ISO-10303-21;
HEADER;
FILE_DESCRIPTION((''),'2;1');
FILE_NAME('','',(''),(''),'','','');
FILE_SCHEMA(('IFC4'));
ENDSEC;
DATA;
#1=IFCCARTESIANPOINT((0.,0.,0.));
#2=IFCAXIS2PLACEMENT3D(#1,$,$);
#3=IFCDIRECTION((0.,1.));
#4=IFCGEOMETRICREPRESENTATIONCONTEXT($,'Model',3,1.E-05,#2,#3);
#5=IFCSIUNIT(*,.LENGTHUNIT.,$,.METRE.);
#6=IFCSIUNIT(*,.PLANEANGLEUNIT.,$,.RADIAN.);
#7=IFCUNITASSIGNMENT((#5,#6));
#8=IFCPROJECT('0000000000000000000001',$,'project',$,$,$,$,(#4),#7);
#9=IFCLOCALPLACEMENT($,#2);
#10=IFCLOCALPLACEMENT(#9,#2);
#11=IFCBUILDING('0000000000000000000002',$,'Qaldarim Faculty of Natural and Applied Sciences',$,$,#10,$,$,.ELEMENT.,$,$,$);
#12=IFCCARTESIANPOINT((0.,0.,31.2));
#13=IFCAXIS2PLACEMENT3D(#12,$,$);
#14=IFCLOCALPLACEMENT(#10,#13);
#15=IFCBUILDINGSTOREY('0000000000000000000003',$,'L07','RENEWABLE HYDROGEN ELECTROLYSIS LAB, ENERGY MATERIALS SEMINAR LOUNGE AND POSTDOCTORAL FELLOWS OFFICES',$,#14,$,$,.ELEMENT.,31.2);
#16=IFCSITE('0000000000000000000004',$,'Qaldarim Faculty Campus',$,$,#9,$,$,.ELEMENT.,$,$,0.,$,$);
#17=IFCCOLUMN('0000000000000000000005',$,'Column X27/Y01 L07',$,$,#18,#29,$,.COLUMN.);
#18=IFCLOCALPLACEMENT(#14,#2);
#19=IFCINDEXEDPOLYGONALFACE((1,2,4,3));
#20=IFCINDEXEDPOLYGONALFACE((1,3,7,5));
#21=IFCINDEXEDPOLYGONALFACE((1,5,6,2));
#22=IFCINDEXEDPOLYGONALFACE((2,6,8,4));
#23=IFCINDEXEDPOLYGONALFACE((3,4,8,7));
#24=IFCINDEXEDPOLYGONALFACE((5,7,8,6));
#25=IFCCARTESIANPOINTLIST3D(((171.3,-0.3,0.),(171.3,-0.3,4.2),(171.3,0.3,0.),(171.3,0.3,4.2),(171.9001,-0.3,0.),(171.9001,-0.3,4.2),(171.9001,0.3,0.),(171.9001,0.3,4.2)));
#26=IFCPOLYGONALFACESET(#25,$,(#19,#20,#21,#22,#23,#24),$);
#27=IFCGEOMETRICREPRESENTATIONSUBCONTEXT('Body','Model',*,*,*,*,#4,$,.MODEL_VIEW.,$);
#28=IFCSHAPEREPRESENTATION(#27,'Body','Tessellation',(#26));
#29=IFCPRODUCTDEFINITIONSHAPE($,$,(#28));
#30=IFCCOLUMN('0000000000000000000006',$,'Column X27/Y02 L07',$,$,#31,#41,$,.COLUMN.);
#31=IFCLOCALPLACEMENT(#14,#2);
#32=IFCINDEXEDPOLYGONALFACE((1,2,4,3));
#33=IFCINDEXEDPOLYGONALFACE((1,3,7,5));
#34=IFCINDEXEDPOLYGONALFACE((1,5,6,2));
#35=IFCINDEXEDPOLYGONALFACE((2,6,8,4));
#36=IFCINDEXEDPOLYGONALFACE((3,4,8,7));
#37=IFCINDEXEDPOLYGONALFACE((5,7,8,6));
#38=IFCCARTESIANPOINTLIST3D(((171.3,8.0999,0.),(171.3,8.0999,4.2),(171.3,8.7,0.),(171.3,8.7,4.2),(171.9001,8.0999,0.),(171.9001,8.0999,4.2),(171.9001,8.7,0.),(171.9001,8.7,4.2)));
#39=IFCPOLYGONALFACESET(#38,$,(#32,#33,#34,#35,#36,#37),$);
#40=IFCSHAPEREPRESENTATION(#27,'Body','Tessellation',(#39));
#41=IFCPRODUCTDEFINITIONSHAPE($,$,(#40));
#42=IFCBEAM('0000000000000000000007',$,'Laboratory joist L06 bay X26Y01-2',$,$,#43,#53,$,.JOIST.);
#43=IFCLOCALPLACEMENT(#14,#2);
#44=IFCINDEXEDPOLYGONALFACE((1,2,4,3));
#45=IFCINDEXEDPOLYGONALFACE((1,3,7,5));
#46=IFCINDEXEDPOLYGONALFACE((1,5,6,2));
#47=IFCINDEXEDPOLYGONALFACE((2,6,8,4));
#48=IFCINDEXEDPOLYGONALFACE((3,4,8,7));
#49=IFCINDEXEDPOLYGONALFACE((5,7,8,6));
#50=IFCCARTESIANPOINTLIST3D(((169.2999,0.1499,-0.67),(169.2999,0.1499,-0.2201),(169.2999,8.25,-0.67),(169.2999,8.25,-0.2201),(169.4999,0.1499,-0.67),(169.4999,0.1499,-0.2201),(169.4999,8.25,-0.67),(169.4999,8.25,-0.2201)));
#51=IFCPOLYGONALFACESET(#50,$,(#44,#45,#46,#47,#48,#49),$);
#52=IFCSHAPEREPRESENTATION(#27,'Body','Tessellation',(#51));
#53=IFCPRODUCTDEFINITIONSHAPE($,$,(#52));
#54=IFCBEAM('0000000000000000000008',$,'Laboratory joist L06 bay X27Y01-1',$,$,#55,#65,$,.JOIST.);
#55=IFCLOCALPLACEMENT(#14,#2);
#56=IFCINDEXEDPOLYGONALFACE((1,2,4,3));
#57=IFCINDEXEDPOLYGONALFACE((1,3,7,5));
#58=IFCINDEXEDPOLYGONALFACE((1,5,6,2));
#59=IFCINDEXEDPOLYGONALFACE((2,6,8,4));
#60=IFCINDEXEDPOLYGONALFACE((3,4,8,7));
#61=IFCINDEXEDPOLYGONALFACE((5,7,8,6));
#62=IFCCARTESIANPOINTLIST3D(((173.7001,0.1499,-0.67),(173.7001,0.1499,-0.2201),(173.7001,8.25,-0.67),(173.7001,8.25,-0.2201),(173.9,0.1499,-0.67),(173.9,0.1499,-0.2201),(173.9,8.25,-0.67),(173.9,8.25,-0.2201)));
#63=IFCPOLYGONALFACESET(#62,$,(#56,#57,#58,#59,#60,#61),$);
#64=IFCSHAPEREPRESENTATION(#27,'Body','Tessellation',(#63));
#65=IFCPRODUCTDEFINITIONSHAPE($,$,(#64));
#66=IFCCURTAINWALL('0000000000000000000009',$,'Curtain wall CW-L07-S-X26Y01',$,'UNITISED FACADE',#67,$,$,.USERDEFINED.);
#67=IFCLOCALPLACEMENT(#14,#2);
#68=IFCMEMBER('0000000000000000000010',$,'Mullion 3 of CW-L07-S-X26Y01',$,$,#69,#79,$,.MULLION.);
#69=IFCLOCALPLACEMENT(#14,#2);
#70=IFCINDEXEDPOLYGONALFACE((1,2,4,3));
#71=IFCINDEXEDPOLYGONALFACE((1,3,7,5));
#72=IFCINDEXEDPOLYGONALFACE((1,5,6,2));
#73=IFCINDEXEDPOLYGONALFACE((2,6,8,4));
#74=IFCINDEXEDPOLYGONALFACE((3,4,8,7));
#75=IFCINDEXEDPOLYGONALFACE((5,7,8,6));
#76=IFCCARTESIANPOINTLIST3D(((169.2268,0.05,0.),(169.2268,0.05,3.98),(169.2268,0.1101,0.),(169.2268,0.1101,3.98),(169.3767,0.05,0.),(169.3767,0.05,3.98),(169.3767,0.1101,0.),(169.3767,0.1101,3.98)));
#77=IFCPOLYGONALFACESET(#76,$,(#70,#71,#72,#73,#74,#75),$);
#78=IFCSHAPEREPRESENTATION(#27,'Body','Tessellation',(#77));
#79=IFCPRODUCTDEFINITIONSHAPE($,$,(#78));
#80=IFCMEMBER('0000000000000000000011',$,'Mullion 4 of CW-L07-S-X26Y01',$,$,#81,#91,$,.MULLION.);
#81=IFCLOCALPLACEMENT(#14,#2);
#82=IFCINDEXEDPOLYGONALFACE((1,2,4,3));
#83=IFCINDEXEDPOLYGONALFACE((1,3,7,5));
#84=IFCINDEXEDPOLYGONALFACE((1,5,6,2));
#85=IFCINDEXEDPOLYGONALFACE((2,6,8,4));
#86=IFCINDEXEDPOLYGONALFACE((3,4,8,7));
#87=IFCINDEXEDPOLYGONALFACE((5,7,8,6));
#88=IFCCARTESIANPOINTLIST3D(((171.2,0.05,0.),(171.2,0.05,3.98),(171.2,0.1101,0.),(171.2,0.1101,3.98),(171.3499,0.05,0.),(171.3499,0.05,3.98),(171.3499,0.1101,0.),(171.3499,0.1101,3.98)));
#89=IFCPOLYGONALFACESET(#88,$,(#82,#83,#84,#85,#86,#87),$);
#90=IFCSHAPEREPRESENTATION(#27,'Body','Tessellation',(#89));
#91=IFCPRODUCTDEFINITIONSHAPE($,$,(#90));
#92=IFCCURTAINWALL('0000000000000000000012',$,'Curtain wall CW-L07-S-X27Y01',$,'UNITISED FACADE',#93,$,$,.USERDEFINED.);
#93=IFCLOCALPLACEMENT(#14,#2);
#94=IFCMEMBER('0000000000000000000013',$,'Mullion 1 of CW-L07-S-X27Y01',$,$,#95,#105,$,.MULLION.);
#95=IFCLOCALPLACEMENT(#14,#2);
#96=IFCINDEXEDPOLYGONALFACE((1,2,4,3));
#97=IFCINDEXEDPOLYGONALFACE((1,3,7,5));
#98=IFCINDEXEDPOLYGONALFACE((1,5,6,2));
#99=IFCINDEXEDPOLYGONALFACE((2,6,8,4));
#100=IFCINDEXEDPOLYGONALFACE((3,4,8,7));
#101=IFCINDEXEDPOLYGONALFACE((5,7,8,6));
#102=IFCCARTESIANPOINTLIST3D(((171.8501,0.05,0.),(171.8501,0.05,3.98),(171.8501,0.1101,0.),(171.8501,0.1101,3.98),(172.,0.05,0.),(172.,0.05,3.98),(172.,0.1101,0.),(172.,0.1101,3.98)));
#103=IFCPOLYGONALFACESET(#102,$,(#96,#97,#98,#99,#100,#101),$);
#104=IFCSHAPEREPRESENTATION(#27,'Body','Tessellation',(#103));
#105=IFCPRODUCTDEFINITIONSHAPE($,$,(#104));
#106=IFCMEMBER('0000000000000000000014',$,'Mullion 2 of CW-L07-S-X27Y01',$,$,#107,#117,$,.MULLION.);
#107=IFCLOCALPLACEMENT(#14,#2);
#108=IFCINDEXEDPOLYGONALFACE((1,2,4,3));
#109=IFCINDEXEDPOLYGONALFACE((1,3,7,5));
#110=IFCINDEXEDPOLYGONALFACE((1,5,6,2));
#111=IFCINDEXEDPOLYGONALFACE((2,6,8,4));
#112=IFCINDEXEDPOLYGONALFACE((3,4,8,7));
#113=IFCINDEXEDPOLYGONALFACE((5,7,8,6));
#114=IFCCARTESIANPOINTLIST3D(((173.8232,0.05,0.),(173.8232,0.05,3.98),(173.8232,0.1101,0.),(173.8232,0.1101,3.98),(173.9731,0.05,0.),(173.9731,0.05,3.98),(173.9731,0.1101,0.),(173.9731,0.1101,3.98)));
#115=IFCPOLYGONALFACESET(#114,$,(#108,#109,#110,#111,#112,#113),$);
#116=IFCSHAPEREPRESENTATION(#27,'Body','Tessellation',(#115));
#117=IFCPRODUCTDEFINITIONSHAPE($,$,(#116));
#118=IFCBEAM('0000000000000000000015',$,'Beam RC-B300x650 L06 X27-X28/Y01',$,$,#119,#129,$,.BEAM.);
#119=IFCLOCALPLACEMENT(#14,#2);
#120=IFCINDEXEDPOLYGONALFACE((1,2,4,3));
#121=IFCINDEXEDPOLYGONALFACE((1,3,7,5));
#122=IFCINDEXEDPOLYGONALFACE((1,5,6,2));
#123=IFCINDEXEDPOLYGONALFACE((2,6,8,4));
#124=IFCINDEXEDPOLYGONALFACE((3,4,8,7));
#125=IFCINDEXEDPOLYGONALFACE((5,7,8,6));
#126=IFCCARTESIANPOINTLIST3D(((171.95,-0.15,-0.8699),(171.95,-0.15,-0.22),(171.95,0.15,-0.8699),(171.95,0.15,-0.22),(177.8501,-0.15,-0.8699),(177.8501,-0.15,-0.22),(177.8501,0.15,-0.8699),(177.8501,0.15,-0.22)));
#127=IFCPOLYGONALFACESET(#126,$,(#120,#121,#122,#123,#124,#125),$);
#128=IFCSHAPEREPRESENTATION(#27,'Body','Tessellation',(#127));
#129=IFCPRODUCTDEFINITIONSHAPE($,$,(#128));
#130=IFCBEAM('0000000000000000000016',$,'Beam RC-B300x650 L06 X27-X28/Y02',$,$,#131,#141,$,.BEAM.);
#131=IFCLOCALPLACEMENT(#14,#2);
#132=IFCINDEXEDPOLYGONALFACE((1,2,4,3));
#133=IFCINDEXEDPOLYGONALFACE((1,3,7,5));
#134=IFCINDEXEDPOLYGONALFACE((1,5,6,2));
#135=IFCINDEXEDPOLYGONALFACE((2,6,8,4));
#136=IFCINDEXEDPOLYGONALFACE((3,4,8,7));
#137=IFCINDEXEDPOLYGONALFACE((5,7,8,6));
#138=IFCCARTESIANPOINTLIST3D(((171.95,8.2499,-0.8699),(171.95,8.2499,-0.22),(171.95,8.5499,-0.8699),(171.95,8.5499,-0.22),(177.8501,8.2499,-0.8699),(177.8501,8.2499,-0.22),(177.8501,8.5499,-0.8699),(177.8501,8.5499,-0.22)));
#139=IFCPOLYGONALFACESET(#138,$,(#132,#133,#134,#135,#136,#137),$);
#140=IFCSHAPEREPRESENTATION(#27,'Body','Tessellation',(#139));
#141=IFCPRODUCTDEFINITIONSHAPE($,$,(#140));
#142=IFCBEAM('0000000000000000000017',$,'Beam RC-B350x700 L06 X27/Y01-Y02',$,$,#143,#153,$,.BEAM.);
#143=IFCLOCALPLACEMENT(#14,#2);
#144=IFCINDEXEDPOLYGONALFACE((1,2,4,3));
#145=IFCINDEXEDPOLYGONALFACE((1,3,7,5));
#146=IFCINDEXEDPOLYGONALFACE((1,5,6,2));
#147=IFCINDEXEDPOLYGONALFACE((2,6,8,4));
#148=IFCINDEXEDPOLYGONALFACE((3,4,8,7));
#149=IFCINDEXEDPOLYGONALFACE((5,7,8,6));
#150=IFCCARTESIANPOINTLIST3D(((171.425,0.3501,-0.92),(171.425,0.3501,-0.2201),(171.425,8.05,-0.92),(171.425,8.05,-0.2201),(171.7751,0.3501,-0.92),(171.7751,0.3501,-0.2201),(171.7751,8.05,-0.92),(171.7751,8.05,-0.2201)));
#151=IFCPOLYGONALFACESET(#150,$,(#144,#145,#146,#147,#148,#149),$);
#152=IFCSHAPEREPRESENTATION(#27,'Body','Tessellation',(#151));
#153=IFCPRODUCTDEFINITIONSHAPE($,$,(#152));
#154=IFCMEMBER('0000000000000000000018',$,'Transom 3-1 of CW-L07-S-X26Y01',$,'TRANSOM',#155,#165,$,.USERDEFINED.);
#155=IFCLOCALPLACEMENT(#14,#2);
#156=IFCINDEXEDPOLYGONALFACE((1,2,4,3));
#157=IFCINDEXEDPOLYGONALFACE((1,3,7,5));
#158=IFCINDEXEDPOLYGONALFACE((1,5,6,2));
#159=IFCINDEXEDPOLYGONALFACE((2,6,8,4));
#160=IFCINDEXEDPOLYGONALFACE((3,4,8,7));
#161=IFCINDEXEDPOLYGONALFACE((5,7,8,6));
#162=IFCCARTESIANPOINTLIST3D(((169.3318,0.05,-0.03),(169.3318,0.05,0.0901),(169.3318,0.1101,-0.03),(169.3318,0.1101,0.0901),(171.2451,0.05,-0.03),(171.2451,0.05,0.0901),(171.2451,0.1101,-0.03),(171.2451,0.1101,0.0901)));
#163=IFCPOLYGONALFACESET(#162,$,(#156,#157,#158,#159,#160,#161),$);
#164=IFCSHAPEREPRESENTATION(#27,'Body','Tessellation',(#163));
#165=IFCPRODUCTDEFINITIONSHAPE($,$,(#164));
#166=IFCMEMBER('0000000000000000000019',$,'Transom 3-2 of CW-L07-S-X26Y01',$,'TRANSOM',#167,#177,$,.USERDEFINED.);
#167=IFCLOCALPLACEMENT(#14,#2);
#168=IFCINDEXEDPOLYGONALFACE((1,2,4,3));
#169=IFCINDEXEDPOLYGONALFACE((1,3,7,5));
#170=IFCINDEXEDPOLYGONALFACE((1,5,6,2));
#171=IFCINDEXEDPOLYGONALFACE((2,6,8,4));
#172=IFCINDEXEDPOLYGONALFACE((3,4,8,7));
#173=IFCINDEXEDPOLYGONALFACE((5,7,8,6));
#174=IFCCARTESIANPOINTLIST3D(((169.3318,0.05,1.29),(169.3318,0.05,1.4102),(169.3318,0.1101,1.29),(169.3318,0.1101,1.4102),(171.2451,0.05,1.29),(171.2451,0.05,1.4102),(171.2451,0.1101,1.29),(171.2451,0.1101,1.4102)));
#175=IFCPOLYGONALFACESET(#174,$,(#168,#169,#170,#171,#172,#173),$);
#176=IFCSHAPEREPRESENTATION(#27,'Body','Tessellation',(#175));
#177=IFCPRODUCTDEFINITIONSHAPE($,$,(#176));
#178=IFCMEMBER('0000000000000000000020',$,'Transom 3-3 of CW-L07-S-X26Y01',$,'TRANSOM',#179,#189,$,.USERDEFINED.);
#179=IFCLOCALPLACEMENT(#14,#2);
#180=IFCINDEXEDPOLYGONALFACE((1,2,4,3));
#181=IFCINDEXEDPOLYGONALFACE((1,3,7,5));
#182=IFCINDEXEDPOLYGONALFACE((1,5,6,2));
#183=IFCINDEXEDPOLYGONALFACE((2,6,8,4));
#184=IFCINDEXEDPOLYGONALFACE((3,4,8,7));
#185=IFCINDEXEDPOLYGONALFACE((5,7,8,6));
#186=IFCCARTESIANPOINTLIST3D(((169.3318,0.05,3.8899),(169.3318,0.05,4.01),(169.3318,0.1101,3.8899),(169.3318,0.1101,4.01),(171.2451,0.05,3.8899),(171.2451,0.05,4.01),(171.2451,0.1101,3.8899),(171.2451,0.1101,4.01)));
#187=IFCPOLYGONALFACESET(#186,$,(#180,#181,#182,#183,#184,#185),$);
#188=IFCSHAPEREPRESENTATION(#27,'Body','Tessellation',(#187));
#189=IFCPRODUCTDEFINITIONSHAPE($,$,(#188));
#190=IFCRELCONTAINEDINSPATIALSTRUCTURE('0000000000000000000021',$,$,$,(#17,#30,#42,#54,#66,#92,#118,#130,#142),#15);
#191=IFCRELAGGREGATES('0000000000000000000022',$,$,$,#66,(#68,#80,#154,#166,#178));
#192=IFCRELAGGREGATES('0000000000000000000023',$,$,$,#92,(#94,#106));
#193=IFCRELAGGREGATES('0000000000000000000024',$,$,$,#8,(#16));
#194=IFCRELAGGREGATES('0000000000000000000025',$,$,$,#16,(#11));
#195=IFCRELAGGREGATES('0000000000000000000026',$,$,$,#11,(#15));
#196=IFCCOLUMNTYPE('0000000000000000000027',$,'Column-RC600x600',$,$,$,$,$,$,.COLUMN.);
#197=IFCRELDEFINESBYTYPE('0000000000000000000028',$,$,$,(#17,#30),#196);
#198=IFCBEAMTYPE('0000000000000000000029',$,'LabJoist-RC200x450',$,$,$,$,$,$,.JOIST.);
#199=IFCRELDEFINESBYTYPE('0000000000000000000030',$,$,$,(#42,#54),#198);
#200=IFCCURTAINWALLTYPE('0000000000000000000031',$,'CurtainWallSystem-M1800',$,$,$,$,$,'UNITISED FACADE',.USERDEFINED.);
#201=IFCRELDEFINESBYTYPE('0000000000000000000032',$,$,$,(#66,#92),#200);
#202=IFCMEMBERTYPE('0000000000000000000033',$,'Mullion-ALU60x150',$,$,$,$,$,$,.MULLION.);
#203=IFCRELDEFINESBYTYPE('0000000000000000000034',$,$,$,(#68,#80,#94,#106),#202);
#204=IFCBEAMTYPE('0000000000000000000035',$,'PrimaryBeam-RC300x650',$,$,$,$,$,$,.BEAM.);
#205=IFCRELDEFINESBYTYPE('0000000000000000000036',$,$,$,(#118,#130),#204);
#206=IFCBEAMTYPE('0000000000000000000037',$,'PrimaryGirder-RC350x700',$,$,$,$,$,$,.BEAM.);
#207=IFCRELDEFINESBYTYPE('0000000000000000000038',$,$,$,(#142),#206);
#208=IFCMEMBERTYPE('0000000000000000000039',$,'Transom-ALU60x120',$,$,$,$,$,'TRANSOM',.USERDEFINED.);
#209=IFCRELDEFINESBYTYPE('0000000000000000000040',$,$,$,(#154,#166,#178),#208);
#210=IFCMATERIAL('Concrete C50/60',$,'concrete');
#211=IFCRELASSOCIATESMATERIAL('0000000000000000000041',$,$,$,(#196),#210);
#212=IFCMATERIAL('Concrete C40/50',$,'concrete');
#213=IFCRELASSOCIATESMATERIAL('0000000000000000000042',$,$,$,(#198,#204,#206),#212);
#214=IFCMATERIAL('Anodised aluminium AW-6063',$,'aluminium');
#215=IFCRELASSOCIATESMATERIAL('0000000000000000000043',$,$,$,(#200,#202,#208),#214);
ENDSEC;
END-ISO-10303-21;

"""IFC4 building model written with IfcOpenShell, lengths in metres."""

from ifc_helpers import new_model, si_unit, direction, frame, origin, origin_2d, place, context, subcontext, project, spatial, rectangle, extrude, material, material_profile, profile_set, type_object, element, aggregate, save


model = new_model("IFC4")

# Units and contexts
model_context = context("Model", 3, precision=1e-05, world=origin(), true_north=direction((0.0, 1.0)))
body_context = subcontext(model_context, "Body", "Model", "MODEL_VIEW")
ifc_project = project(units=[si_unit("LENGTHUNIT", "METRE"), si_unit("PLANEANGLEUNIT", "RADIAN")], contexts=[model_context])

# Site, building, storey
site_placement = place(None, origin())
site = spatial("IfcSite", under=ifc_project, at=site_placement, Name="Qaldarim Faculty Campus", CompositionType="ELEMENT", RefElevation=0.0)
building_placement = place(site_placement, origin())
building = spatial("IfcBuilding", under=site, at=building_placement, Name="Qaldarim Faculty of Natural and Applied Sciences", CompositionType="ELEMENT")
storey_placement = place(building_placement, frame((0.0, 0.0, 31.2)))
storey = spatial("IfcBuildingStorey", under=building, at=storey_placement, Name="L07", Description="RENEWABLE HYDROGEN ELECTROLYSIS LAB, ENERGY MATERIALS SEMINAR LOUNGE AND POSTDOCTORAL FELLOWS OFFICES", CompositionType="ELEMENT", Elevation=31.2)

# Columns
ifc_material_1 = material(Name="Concrete C50/60", Category="concrete")
ifc_material_profile_1 = material_profile(ifc_material_1, rectangle(XDim=0.6001, YDim=0.6001, at=origin_2d()), Name="RC-C600x600")
ifc_profile_set_1 = profile_set([ifc_material_profile_1], Name="Concrete C50/60")
column_type = type_object("IfcColumnType", Name="Column-RC600x600", PredefinedType="COLUMN", material=ifc_profile_set_1)
for number, where, z_axis, x_axis, name in (
    (1, (171.6001, 0.0, 0.0), (0.0, 0.0, 1.0), (1.0, 0.0, 0.0), "Column X27/Y01 L07"),
    (2, (171.6001, 8.3999, 0.0), (0.0, 0.0, 1.0), (1.0, 0.0, 0.0), "Column X27/Y02 L07"),
):
    element("IfcColumn", number, at=place(storey_placement, frame(where, z_axis=z_axis, x_axis=x_axis)), inside=storey, type_object=column_type, Name=name, PredefinedType="COLUMN", context=body_context, shape_type="SweptSolid", body=[
        extrude(rectangle(XDim=0.6001, YDim=0.6001, at=origin_2d()), origin(), (0.0, 0.0, 1.0), 4.2),
    ])

# Beams
ifc_material_2 = material(Name="Concrete C40/50", Category="concrete")
ifc_material_profile_2 = material_profile(ifc_material_2, rectangle(XDim=0.2, YDim=0.45, at=origin_2d()), Name="RC-J200x450")
ifc_profile_set_2 = profile_set([ifc_material_profile_2], Name="Concrete C40/50")
beam_type_1 = type_object("IfcBeamType", Name="LabJoist-RC200x450", PredefinedType="JOIST", material=ifc_profile_set_2)
for number, where, z_axis, x_axis, name in (
    (3, (169.3999, 0.1499, -0.4451), (0.0, 1.0, 0.0), (-1.0, 0.0, 0.0), "Laboratory joist L06 bay X26Y01-2"),
    (4, (173.8, 0.1499, -0.4451), (0.0, 1.0, 0.0), (-1.0, 0.0, 0.0), "Laboratory joist L06 bay X27Y01-1"),
):
    element("IfcBeam", number, at=place(storey_placement, frame(where, z_axis=z_axis, x_axis=x_axis)), inside=storey, type_object=beam_type_1, Name=name, PredefinedType="JOIST", context=body_context, shape_type="SweptSolid", body=[
        extrude(rectangle(XDim=0.2, YDim=0.45, at=origin_2d()), origin(), (0.0, 0.0, 1.0), 8.1001),
    ])

# Curtain walls, members
ifc_material_3 = material(Name="Anodised aluminium AW-6063", Category="aluminium")
curtain_wall_type = type_object("IfcCurtainWallType", Name="CurtainWallSystem-M1800", ElementType="UNITISED FACADE", PredefinedType="USERDEFINED", material=ifc_material_3)
curtain_wall_1_placement = place(storey_placement, origin())
curtain_wall_1 = element("IfcCurtainWall", 5, at=curtain_wall_1_placement, inside=storey, type_object=curtain_wall_type, Name="Curtain wall CW-L07-S-X26Y01", ObjectType="UNITISED FACADE", PredefinedType="USERDEFINED")
ifc_material_profile_3 = material_profile(ifc_material_3, rectangle(XDim=0.0601, YDim=0.1499, at=origin_2d()), Name="ALU-M60x150")
ifc_profile_set_3 = profile_set([ifc_material_profile_3], Name="Anodised aluminium AW-6063")
member_type_1 = type_object("IfcMemberType", Name="Mullion-ALU60x150", PredefinedType="MULLION", material=ifc_profile_set_3)
member_1_placement = place(storey_placement, frame((169.3018, 0.0801, 0.0), z_axis=(0.0, 0.0, 1.0), x_axis=(0.0, 1.0, 0.0)))
member_1 = element("IfcMember", 6, at=member_1_placement, type_object=member_type_1, Name="Mullion 3 of CW-L07-S-X26Y01", PredefinedType="MULLION", context=body_context, shape_type="SweptSolid", body=[
    extrude(rectangle(XDim=0.0601, YDim=0.1499, at=origin_2d()), origin(), (0.0, 0.0, 1.0), 3.98),
])
member_2_placement = place(storey_placement, frame((171.2749, 0.0801, 0.0), z_axis=(0.0, 0.0, 1.0), x_axis=(0.0, 1.0, 0.0)))
member_2 = element("IfcMember", 7, at=member_2_placement, type_object=member_type_1, Name="Mullion 4 of CW-L07-S-X26Y01", PredefinedType="MULLION", context=body_context, shape_type="SweptSolid", body=[
    extrude(rectangle(XDim=0.0601, YDim=0.1499, at=origin_2d()), origin(), (0.0, 0.0, 1.0), 3.98),
])
curtain_wall_2_placement = place(storey_placement, origin())
curtain_wall_2 = element("IfcCurtainWall", 8, at=curtain_wall_2_placement, inside=storey, type_object=curtain_wall_type, Name="Curtain wall CW-L07-S-X27Y01", ObjectType="UNITISED FACADE", PredefinedType="USERDEFINED")
member_3_placement = place(storey_placement, frame((171.925, 0.0801, 0.0), z_axis=(0.0, 0.0, 1.0), x_axis=(0.0, 1.0, 0.0)))
member_3 = element("IfcMember", 9, at=member_3_placement, type_object=member_type_1, Name="Mullion 1 of CW-L07-S-X27Y01", PredefinedType="MULLION", context=body_context, shape_type="SweptSolid", body=[
    extrude(rectangle(XDim=0.0601, YDim=0.1499, at=origin_2d()), origin(), (0.0, 0.0, 1.0), 3.98),
])
member_4_placement = place(storey_placement, frame((173.8982, 0.0801, 0.0), z_axis=(0.0, 0.0, 1.0), x_axis=(0.0, 1.0, 0.0)))
member_4 = element("IfcMember", 10, at=member_4_placement, type_object=member_type_1, Name="Mullion 2 of CW-L07-S-X27Y01", PredefinedType="MULLION", context=body_context, shape_type="SweptSolid", body=[
    extrude(rectangle(XDim=0.0601, YDim=0.1499, at=origin_2d()), origin(), (0.0, 0.0, 1.0), 3.98),
])

# Beams
ifc_material_profile_4 = material_profile(ifc_material_2, rectangle(XDim=0.3, YDim=0.6499, at=origin_2d()), Name="RC-B300x650")
ifc_profile_set_4 = profile_set([ifc_material_profile_4], Name="Concrete C40/50")
beam_type_2 = type_object("IfcBeamType", Name="PrimaryBeam-RC300x650", PredefinedType="BEAM", material=ifc_profile_set_4)
for number, where, z_axis, x_axis, name in (
    (11, (171.95, 0.0, -0.5449), (1.0, 0.0, 0.0), (0.0, 1.0, 0.0), "Beam RC-B300x650 L06 X27-X28/Y01"),
    (12, (171.95, 8.3999, -0.5449), (1.0, 0.0, 0.0), (0.0, 1.0, 0.0), "Beam RC-B300x650 L06 X27-X28/Y02"),
):
    element("IfcBeam", number, at=place(storey_placement, frame(where, z_axis=z_axis, x_axis=x_axis)), inside=storey, type_object=beam_type_2, Name=name, PredefinedType="BEAM", context=body_context, shape_type="SweptSolid", body=[
        extrude(rectangle(XDim=0.3, YDim=0.6499, at=origin_2d()), origin(), (0.0, 0.0, 1.0), 5.9001),
    ])
ifc_material_profile_5 = material_profile(ifc_material_2, rectangle(XDim=0.3501, YDim=0.7, at=origin_2d()), Name="RC-B350x700")
ifc_profile_set_5 = profile_set([ifc_material_profile_5], Name="Concrete C40/50")
beam_type_3 = type_object("IfcBeamType", Name="PrimaryGirder-RC350x700", PredefinedType="BEAM", material=ifc_profile_set_5)
beam_placement = place(storey_placement, frame((171.6001, 0.3501, -0.5701), z_axis=(0.0, 1.0, 0.0), x_axis=(-1.0, 0.0, 0.0)))
element("IfcBeam", 13, at=beam_placement, inside=storey, type_object=beam_type_3, Name="Beam RC-B350x700 L06 X27/Y01-Y02", PredefinedType="BEAM", context=body_context, shape_type="SweptSolid", body=[
    extrude(rectangle(XDim=0.3501, YDim=0.7, at=origin_2d()), origin(), (0.0, 0.0, 1.0), 7.7),
])

# Members
ifc_material_profile_6 = material_profile(ifc_material_3, rectangle(XDim=0.0601, YDim=0.1201, at=origin_2d()), Name="ALU-T60x120")
ifc_profile_set_6 = profile_set([ifc_material_profile_6], Name="Anodised aluminium AW-6063")
member_type_2 = type_object("IfcMemberType", Name="Transom-ALU60x120", ElementType="TRANSOM", PredefinedType="USERDEFINED", material=ifc_profile_set_6)
member_5_placement = place(storey_placement, frame((169.3318, 0.0801, 0.03), z_axis=(1.0, 0.0, 0.0), x_axis=(0.0, 1.0, 0.0)))
member_5 = element("IfcMember", 14, at=member_5_placement, type_object=member_type_2, Name="Transom 3-1 of CW-L07-S-X26Y01", ObjectType="TRANSOM", PredefinedType="USERDEFINED", context=body_context, shape_type="SweptSolid", body=[
    extrude(rectangle(XDim=0.0601, YDim=0.1201, at=origin_2d()), origin(), (0.0, 0.0, 1.0), 1.9133),
])
member_6_placement = place(storey_placement, frame((169.3318, 0.0801, 1.3501), z_axis=(1.0, 0.0, 0.0), x_axis=(0.0, 1.0, 0.0)))
member_6 = element("IfcMember", 15, at=member_6_placement, type_object=member_type_2, Name="Transom 3-2 of CW-L07-S-X26Y01", ObjectType="TRANSOM", PredefinedType="USERDEFINED", context=body_context, shape_type="SweptSolid", body=[
    extrude(rectangle(XDim=0.0601, YDim=0.1201, at=origin_2d()), origin(), (0.0, 0.0, 1.0), 1.9133),
])
member_7_placement = place(storey_placement, frame((169.3318, 0.0801, 3.95), z_axis=(1.0, 0.0, 0.0), x_axis=(0.0, 1.0, 0.0)))
member_7 = element("IfcMember", 16, at=member_7_placement, type_object=member_type_2, Name="Transom 3-3 of CW-L07-S-X26Y01", ObjectType="TRANSOM", PredefinedType="USERDEFINED", context=body_context, shape_type="SweptSolid", body=[
    extrude(rectangle(XDim=0.0601, YDim=0.1201, at=origin_2d()), origin(), (0.0, 0.0, 1.0), 1.9133),
])

aggregate(curtain_wall_1, [member_1, member_2, member_5, member_6, member_7])
aggregate(curtain_wall_2, [member_3, member_4])

save(model, "model.ifc")
